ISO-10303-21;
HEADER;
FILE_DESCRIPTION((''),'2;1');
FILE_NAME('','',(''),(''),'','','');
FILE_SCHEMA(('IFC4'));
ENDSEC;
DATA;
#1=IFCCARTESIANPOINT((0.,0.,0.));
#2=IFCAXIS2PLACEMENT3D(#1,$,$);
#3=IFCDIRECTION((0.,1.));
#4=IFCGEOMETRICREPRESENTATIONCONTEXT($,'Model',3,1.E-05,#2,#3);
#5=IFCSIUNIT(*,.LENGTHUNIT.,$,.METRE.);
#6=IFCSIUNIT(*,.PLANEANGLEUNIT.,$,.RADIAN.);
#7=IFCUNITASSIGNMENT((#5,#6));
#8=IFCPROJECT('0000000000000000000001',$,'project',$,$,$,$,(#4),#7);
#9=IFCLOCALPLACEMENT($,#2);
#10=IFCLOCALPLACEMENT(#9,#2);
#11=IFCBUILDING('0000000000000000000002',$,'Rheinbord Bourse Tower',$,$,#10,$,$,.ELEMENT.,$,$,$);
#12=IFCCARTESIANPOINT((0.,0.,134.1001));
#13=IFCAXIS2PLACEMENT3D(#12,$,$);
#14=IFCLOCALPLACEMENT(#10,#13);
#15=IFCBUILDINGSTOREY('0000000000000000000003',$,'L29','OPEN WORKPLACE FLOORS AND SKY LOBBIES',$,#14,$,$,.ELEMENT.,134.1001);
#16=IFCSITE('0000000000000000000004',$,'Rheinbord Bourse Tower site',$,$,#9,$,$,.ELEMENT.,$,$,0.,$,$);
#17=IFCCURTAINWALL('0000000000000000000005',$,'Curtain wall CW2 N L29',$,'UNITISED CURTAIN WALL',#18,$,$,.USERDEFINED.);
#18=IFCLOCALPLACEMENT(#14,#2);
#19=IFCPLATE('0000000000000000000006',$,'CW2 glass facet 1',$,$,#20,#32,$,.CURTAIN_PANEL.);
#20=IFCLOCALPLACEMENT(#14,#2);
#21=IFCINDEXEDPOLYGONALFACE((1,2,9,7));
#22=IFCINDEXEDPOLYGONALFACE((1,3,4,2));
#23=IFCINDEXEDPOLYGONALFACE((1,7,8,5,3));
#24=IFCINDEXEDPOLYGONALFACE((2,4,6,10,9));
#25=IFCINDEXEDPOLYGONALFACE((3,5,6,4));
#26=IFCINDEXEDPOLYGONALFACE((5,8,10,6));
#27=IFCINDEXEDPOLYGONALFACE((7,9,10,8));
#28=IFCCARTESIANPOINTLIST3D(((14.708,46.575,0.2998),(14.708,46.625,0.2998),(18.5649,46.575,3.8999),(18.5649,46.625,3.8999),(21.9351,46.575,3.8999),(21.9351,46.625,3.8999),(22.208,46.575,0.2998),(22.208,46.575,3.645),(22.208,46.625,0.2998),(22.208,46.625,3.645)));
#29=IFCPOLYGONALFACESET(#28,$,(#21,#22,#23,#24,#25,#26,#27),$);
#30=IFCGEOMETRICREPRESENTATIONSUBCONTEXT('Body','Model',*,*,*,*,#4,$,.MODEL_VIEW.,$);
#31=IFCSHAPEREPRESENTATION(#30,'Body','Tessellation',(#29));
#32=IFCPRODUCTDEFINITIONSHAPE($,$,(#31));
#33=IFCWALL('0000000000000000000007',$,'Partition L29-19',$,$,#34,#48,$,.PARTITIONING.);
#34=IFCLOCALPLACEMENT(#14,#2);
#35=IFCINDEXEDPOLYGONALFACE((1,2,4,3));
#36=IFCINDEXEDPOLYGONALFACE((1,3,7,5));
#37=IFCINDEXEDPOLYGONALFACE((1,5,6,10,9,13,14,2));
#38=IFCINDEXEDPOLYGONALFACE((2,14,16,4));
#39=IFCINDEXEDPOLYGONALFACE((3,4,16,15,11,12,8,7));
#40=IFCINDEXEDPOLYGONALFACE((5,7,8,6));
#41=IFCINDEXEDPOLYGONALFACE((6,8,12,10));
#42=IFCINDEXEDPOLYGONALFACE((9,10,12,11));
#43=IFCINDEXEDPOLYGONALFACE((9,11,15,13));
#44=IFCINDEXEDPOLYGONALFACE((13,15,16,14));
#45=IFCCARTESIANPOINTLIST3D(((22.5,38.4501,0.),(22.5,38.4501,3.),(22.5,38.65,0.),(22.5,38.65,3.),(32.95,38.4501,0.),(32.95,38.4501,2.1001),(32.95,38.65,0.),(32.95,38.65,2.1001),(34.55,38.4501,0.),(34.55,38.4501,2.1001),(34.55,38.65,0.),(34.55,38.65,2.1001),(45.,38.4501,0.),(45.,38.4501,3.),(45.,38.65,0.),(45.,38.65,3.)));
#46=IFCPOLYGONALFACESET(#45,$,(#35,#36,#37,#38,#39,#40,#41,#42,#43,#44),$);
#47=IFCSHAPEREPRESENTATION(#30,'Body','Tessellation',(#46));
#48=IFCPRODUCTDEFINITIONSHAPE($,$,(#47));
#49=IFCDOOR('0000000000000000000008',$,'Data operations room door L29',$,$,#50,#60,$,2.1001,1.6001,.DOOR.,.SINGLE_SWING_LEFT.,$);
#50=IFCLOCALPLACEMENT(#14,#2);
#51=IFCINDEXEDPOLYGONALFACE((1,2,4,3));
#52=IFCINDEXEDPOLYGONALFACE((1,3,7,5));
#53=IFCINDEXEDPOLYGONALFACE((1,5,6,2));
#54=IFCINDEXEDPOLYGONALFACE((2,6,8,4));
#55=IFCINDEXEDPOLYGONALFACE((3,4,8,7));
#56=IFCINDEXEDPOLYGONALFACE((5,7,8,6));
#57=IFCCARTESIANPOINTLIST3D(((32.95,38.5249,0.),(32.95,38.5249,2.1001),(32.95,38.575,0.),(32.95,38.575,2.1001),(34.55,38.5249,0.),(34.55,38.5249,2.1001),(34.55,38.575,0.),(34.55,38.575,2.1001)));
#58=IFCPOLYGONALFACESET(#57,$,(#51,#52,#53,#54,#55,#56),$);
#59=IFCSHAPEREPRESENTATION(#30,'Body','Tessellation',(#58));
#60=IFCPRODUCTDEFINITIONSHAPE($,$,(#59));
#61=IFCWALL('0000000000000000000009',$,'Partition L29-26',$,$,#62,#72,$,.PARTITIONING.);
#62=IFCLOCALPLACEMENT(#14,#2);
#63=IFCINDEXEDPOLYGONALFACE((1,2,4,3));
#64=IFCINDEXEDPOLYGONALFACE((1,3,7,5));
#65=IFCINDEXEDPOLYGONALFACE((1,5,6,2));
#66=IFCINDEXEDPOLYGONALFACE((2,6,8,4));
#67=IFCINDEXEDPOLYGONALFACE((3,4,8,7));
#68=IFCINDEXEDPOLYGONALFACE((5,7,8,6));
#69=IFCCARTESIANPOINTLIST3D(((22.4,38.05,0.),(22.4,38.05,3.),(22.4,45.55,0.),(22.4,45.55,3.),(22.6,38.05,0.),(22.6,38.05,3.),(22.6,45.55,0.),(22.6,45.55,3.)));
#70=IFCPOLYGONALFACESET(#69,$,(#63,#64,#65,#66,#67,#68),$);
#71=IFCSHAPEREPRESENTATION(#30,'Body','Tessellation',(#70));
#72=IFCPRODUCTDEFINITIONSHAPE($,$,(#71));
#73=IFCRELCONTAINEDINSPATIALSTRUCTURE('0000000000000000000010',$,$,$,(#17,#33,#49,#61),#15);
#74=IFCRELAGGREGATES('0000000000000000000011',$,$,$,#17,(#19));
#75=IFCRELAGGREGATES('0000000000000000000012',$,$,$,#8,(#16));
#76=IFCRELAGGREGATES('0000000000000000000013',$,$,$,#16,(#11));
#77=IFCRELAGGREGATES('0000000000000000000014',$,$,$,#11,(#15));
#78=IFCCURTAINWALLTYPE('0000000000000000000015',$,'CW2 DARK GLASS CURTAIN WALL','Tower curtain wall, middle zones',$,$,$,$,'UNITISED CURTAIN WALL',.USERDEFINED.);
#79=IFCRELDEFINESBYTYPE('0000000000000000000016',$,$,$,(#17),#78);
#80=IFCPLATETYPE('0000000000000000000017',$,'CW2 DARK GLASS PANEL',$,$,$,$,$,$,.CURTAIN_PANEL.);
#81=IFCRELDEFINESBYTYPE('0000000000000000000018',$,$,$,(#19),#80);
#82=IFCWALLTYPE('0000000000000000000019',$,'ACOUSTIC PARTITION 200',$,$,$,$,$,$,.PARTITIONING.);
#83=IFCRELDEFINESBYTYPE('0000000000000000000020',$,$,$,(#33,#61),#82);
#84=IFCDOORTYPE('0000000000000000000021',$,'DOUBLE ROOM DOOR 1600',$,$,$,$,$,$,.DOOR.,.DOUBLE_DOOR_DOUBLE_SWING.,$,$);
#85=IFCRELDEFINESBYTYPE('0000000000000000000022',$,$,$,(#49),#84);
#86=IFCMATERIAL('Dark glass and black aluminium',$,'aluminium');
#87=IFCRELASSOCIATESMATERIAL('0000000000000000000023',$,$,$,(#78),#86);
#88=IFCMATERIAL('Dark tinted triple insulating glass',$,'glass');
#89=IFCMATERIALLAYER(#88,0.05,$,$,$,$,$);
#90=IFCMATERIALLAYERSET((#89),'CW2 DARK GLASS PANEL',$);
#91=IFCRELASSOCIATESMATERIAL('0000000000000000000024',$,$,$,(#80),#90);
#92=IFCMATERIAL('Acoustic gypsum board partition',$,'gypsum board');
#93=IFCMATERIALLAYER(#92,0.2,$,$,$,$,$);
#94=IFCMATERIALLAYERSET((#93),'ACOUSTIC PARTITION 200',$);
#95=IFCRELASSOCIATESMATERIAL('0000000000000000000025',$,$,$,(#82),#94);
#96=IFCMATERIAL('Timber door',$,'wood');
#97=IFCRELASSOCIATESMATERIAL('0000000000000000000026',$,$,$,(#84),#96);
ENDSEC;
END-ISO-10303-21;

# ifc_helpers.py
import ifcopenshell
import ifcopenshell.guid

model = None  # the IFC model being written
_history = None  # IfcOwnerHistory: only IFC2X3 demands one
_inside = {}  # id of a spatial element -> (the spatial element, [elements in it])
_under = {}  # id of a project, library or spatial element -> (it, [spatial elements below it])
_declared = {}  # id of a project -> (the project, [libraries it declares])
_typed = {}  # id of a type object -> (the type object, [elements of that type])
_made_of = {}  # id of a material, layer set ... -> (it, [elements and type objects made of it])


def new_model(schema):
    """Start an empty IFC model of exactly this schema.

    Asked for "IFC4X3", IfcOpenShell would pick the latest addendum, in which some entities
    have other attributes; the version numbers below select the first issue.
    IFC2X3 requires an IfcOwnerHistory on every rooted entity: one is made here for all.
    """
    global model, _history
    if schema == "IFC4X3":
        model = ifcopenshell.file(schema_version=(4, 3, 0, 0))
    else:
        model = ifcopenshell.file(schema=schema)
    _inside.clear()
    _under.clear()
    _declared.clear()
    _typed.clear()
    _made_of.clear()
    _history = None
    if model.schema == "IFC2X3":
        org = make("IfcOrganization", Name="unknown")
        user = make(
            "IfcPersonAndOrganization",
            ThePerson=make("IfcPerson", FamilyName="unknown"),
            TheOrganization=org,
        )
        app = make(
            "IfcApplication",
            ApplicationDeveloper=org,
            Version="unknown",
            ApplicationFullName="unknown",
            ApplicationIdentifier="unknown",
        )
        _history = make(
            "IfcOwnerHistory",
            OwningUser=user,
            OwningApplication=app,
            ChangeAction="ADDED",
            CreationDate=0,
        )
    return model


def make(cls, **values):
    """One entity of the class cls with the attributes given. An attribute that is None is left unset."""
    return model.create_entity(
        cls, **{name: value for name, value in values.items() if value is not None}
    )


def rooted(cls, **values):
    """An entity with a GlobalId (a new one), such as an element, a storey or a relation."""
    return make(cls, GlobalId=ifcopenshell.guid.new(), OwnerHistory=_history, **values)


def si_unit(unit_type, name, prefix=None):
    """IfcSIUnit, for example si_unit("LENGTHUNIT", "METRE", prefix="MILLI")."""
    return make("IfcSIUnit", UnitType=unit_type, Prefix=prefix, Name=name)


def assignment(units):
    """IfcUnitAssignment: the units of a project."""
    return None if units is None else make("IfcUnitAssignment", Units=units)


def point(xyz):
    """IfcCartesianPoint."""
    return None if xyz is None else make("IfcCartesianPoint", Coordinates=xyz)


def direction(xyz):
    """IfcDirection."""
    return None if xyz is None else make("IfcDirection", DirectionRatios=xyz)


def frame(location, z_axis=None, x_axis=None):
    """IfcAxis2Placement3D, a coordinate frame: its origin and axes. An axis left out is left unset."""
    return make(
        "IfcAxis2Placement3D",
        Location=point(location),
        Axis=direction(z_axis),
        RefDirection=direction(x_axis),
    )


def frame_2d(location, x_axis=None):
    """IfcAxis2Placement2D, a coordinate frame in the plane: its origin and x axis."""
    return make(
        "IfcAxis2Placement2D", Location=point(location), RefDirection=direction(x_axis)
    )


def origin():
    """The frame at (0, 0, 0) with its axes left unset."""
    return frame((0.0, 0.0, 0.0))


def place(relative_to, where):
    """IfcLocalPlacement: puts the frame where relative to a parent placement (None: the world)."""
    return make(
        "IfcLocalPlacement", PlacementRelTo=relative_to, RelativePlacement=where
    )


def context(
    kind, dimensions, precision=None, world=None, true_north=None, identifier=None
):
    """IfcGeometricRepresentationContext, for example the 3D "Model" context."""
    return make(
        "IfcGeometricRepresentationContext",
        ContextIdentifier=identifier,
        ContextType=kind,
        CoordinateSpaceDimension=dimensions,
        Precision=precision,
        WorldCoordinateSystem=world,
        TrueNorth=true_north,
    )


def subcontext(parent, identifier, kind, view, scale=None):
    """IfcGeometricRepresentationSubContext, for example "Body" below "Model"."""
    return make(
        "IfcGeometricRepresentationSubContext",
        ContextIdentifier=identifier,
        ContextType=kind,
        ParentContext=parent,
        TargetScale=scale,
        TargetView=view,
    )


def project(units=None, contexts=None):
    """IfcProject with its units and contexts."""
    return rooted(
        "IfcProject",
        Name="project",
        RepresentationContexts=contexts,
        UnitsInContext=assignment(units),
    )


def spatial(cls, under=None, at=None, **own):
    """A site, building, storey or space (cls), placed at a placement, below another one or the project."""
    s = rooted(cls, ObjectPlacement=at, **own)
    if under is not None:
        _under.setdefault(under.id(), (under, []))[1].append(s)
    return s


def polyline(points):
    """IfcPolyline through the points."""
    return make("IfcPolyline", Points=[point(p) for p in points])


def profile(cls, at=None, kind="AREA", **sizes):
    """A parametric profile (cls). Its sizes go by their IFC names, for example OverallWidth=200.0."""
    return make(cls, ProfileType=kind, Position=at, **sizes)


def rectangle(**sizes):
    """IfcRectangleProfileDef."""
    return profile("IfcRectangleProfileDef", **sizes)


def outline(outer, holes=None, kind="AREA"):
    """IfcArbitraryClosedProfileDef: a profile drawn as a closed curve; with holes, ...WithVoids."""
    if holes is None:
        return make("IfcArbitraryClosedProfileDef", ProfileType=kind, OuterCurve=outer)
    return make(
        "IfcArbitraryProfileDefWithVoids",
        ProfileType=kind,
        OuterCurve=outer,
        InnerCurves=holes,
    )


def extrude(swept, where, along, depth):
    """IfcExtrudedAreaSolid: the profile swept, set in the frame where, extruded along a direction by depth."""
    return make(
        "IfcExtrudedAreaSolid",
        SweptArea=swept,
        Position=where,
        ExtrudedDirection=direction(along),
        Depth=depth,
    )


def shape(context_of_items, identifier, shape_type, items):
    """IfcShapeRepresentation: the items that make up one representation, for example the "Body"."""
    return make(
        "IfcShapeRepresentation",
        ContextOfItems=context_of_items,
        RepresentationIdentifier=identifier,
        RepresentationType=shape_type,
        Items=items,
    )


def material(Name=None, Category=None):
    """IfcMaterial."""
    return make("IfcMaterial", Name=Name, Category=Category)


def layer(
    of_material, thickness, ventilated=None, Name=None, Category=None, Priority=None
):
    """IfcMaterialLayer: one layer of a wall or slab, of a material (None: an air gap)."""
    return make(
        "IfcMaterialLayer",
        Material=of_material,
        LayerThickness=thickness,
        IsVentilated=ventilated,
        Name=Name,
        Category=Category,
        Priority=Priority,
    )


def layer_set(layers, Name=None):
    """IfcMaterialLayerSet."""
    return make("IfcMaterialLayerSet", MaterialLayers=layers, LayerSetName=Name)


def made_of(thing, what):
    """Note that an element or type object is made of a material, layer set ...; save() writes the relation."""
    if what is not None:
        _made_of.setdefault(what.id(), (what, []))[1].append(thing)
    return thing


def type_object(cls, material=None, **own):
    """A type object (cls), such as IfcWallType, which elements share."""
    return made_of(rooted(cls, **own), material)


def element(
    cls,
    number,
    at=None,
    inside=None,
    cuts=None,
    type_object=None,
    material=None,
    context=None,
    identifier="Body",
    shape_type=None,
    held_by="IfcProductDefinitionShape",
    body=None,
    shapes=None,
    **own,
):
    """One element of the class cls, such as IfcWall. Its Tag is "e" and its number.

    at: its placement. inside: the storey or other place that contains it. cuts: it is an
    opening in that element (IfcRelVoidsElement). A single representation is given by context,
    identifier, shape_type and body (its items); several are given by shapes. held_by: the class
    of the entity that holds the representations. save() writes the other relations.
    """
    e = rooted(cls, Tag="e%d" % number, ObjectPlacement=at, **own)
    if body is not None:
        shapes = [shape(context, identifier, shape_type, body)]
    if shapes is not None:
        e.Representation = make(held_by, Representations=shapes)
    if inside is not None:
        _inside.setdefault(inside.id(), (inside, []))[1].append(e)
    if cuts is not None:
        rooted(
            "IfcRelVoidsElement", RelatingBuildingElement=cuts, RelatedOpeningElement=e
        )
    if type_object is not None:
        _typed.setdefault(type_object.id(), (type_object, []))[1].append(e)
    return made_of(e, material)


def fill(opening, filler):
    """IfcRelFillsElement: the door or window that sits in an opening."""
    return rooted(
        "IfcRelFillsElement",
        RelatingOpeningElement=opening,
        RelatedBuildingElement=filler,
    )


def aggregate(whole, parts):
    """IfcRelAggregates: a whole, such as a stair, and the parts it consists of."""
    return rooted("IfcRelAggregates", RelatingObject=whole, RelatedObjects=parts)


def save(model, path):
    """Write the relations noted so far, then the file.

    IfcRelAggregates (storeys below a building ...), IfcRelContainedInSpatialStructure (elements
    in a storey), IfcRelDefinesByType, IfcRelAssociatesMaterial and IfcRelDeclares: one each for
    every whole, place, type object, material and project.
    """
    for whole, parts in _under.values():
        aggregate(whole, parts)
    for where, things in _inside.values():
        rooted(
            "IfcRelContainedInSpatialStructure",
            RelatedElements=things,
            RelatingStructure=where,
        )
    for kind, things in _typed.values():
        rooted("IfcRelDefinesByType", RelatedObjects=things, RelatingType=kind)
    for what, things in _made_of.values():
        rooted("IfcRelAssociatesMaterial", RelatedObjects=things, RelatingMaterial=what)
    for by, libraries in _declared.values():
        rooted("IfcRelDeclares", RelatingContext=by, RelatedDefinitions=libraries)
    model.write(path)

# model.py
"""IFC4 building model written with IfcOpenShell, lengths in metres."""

from ifc_helpers import new_model, si_unit, direction, frame, frame_2d, origin, place, context, subcontext, project, spatial, polyline, rectangle, outline, extrude, material, layer, layer_set, type_object, element, fill, aggregate, save


model = new_model("IFC4")

# Units and contexts
model_context = context("Model", 3, precision=1e-05, world=origin(), true_north=direction((0.0, 1.0)))
body_context = subcontext(model_context, "Body", "Model", "MODEL_VIEW")
ifc_project = project(units=[si_unit("LENGTHUNIT", "METRE"), si_unit("PLANEANGLEUNIT", "RADIAN")], contexts=[model_context])

# Site, building, storey
site_placement = place(None, origin())
site = spatial("IfcSite", under=ifc_project, at=site_placement, Name="Rheinbord Bourse Tower site", CompositionType="ELEMENT", RefElevation=0.0)
building_placement = place(site_placement, origin())
building = spatial("IfcBuilding", under=site, at=building_placement, Name="Rheinbord Bourse Tower", CompositionType="ELEMENT")
storey_placement = place(building_placement, frame((0.0, 0.0, 134.1001)))
storey = spatial("IfcBuildingStorey", under=building, at=storey_placement, Name="L29", Description="OPEN WORKPLACE FLOORS AND SKY LOBBIES", CompositionType="ELEMENT", Elevation=134.1001)

# Curtain wall
ifc_material_1 = material(Name="Dark glass and black aluminium", Category="aluminium")
curtain_wall_type = type_object("IfcCurtainWallType", Name="CW2 DARK GLASS CURTAIN WALL", Description="Tower curtain wall, middle zones", ElementType="UNITISED CURTAIN WALL", PredefinedType="USERDEFINED", material=ifc_material_1)
curtain_wall_placement = place(storey_placement, origin())
curtain_wall = element("IfcCurtainWall", 1, at=curtain_wall_placement, inside=storey, type_object=curtain_wall_type, Name="Curtain wall CW2 N L29", ObjectType="UNITISED CURTAIN WALL", PredefinedType="USERDEFINED")

# Plate
ifc_material_2 = material(Name="Dark tinted triple insulating glass", Category="glass")
ifc_layer_1 = layer(ifc_material_2, 0.05)
ifc_layer_set_1 = layer_set([ifc_layer_1], Name="CW2 DARK GLASS PANEL")
plate_type = type_object("IfcPlateType", Name="CW2 DARK GLASS PANEL", PredefinedType="CURTAIN_PANEL", material=ifc_layer_set_1)
plate_1_placement = place(storey_placement, frame((22.208, 46.625, 0.2998), z_axis=(0.0, -1.0, 0.0), x_axis=(0.0, 0.0, 1.0)))
plate_1 = element("IfcPlate", 2, at=plate_1_placement, type_object=plate_type, Name="CW2 glass facet 1", PredefinedType="CURTAIN_PANEL", context=body_context, shape_type="SweptSolid", body=[
    extrude(outline(polyline([(0.0, 0.0), (3.3452, 0.0), (3.6001, 0.2729), (3.6001, 3.6431), (0.0, 7.5), (0.0, 0.0)])), origin(), (0.0, 0.0, 1.0), 0.05),
])
aggregate(curtain_wall, [plate_1])

# Wall, opening, door
ifc_material_3 = material(Name="Acoustic gypsum board partition", Category="gypsum board")
ifc_layer_2 = layer(ifc_material_3, 0.2)
ifc_layer_set_2 = layer_set([ifc_layer_2], Name="ACOUSTIC PARTITION 200")
wall_type = type_object("IfcWallType", Name="ACOUSTIC PARTITION 200", PredefinedType="PARTITIONING", material=ifc_layer_set_2)
wall_1_placement = place(storey_placement, frame((22.5, 38.55, 0.0), z_axis=(0.0, 0.0, 1.0), x_axis=(1.0, 0.0, 0.0)))
wall_1 = element("IfcWall", 3, at=wall_1_placement, inside=storey, type_object=wall_type, Name="Partition L29-19", PredefinedType="PARTITIONING", context=body_context, shape_type="SweptSolid", body=[
    extrude(rectangle(XDim=22.5, YDim=0.2, at=frame_2d((11.25, 0.0))), origin(), (0.0, 0.0, 1.0), 3.0),
])
opening_placement = place(wall_1_placement, frame((10.45, 0.0, 0.0)))
opening = element("IfcOpeningElement", 4, at=opening_placement, cuts=wall_1, PredefinedType="OPENING", context=body_context, shape_type="SweptSolid", body=[
    extrude(rectangle(XDim=1.6001, YDim=2.1001, at=frame_2d((0.8, 1.05))), frame((0.0, 0.1099, 0.0), z_axis=(0.0, -1.0, 0.0), x_axis=(1.0, 0.0, 0.0)), (0.0, 0.0, 1.0), 0.22),
])
ifc_material_4 = material(Name="Timber door", Category="wood")
door_type = type_object("IfcDoorType", Name="DOUBLE ROOM DOOR 1600", OperationType="DOUBLE_DOOR_DOUBLE_SWING", PredefinedType="DOOR", material=ifc_material_4)
door_placement = place(opening_placement, origin())
door = element("IfcDoor", 5, at=door_placement, inside=storey, type_object=door_type, Name="Data operations room door L29", OperationType="SINGLE_SWING_LEFT", OverallHeight=2.1001, OverallWidth=1.6001, PredefinedType="DOOR", context=body_context, shape_type="SweptSolid", body=[
    extrude(rectangle(XDim=1.6001, YDim=2.1001, at=frame_2d((0.8, 1.05))), frame((0.0, 0.0249, 0.0), z_axis=(0.0, -1.0, 0.0), x_axis=(1.0, 0.0, 0.0)), (0.0, 0.0, 1.0), 0.05),
])
fill(opening, door)

# Wall
wall_2_placement = place(storey_placement, frame((22.5, 38.05, 0.0), z_axis=(0.0, 0.0, 1.0), x_axis=(0.0, 1.0, 0.0)))
element("IfcWall", 6, at=wall_2_placement, inside=storey, type_object=wall_type, Name="Partition L29-26", PredefinedType="PARTITIONING", context=body_context, shape_type="SweptSolid", body=[
    extrude(rectangle(XDim=7.5, YDim=0.2, at=frame_2d((3.75, 0.0))), origin(), (0.0, 0.0, 1.0), 3.0),
])

save(model, "model.ifc")
